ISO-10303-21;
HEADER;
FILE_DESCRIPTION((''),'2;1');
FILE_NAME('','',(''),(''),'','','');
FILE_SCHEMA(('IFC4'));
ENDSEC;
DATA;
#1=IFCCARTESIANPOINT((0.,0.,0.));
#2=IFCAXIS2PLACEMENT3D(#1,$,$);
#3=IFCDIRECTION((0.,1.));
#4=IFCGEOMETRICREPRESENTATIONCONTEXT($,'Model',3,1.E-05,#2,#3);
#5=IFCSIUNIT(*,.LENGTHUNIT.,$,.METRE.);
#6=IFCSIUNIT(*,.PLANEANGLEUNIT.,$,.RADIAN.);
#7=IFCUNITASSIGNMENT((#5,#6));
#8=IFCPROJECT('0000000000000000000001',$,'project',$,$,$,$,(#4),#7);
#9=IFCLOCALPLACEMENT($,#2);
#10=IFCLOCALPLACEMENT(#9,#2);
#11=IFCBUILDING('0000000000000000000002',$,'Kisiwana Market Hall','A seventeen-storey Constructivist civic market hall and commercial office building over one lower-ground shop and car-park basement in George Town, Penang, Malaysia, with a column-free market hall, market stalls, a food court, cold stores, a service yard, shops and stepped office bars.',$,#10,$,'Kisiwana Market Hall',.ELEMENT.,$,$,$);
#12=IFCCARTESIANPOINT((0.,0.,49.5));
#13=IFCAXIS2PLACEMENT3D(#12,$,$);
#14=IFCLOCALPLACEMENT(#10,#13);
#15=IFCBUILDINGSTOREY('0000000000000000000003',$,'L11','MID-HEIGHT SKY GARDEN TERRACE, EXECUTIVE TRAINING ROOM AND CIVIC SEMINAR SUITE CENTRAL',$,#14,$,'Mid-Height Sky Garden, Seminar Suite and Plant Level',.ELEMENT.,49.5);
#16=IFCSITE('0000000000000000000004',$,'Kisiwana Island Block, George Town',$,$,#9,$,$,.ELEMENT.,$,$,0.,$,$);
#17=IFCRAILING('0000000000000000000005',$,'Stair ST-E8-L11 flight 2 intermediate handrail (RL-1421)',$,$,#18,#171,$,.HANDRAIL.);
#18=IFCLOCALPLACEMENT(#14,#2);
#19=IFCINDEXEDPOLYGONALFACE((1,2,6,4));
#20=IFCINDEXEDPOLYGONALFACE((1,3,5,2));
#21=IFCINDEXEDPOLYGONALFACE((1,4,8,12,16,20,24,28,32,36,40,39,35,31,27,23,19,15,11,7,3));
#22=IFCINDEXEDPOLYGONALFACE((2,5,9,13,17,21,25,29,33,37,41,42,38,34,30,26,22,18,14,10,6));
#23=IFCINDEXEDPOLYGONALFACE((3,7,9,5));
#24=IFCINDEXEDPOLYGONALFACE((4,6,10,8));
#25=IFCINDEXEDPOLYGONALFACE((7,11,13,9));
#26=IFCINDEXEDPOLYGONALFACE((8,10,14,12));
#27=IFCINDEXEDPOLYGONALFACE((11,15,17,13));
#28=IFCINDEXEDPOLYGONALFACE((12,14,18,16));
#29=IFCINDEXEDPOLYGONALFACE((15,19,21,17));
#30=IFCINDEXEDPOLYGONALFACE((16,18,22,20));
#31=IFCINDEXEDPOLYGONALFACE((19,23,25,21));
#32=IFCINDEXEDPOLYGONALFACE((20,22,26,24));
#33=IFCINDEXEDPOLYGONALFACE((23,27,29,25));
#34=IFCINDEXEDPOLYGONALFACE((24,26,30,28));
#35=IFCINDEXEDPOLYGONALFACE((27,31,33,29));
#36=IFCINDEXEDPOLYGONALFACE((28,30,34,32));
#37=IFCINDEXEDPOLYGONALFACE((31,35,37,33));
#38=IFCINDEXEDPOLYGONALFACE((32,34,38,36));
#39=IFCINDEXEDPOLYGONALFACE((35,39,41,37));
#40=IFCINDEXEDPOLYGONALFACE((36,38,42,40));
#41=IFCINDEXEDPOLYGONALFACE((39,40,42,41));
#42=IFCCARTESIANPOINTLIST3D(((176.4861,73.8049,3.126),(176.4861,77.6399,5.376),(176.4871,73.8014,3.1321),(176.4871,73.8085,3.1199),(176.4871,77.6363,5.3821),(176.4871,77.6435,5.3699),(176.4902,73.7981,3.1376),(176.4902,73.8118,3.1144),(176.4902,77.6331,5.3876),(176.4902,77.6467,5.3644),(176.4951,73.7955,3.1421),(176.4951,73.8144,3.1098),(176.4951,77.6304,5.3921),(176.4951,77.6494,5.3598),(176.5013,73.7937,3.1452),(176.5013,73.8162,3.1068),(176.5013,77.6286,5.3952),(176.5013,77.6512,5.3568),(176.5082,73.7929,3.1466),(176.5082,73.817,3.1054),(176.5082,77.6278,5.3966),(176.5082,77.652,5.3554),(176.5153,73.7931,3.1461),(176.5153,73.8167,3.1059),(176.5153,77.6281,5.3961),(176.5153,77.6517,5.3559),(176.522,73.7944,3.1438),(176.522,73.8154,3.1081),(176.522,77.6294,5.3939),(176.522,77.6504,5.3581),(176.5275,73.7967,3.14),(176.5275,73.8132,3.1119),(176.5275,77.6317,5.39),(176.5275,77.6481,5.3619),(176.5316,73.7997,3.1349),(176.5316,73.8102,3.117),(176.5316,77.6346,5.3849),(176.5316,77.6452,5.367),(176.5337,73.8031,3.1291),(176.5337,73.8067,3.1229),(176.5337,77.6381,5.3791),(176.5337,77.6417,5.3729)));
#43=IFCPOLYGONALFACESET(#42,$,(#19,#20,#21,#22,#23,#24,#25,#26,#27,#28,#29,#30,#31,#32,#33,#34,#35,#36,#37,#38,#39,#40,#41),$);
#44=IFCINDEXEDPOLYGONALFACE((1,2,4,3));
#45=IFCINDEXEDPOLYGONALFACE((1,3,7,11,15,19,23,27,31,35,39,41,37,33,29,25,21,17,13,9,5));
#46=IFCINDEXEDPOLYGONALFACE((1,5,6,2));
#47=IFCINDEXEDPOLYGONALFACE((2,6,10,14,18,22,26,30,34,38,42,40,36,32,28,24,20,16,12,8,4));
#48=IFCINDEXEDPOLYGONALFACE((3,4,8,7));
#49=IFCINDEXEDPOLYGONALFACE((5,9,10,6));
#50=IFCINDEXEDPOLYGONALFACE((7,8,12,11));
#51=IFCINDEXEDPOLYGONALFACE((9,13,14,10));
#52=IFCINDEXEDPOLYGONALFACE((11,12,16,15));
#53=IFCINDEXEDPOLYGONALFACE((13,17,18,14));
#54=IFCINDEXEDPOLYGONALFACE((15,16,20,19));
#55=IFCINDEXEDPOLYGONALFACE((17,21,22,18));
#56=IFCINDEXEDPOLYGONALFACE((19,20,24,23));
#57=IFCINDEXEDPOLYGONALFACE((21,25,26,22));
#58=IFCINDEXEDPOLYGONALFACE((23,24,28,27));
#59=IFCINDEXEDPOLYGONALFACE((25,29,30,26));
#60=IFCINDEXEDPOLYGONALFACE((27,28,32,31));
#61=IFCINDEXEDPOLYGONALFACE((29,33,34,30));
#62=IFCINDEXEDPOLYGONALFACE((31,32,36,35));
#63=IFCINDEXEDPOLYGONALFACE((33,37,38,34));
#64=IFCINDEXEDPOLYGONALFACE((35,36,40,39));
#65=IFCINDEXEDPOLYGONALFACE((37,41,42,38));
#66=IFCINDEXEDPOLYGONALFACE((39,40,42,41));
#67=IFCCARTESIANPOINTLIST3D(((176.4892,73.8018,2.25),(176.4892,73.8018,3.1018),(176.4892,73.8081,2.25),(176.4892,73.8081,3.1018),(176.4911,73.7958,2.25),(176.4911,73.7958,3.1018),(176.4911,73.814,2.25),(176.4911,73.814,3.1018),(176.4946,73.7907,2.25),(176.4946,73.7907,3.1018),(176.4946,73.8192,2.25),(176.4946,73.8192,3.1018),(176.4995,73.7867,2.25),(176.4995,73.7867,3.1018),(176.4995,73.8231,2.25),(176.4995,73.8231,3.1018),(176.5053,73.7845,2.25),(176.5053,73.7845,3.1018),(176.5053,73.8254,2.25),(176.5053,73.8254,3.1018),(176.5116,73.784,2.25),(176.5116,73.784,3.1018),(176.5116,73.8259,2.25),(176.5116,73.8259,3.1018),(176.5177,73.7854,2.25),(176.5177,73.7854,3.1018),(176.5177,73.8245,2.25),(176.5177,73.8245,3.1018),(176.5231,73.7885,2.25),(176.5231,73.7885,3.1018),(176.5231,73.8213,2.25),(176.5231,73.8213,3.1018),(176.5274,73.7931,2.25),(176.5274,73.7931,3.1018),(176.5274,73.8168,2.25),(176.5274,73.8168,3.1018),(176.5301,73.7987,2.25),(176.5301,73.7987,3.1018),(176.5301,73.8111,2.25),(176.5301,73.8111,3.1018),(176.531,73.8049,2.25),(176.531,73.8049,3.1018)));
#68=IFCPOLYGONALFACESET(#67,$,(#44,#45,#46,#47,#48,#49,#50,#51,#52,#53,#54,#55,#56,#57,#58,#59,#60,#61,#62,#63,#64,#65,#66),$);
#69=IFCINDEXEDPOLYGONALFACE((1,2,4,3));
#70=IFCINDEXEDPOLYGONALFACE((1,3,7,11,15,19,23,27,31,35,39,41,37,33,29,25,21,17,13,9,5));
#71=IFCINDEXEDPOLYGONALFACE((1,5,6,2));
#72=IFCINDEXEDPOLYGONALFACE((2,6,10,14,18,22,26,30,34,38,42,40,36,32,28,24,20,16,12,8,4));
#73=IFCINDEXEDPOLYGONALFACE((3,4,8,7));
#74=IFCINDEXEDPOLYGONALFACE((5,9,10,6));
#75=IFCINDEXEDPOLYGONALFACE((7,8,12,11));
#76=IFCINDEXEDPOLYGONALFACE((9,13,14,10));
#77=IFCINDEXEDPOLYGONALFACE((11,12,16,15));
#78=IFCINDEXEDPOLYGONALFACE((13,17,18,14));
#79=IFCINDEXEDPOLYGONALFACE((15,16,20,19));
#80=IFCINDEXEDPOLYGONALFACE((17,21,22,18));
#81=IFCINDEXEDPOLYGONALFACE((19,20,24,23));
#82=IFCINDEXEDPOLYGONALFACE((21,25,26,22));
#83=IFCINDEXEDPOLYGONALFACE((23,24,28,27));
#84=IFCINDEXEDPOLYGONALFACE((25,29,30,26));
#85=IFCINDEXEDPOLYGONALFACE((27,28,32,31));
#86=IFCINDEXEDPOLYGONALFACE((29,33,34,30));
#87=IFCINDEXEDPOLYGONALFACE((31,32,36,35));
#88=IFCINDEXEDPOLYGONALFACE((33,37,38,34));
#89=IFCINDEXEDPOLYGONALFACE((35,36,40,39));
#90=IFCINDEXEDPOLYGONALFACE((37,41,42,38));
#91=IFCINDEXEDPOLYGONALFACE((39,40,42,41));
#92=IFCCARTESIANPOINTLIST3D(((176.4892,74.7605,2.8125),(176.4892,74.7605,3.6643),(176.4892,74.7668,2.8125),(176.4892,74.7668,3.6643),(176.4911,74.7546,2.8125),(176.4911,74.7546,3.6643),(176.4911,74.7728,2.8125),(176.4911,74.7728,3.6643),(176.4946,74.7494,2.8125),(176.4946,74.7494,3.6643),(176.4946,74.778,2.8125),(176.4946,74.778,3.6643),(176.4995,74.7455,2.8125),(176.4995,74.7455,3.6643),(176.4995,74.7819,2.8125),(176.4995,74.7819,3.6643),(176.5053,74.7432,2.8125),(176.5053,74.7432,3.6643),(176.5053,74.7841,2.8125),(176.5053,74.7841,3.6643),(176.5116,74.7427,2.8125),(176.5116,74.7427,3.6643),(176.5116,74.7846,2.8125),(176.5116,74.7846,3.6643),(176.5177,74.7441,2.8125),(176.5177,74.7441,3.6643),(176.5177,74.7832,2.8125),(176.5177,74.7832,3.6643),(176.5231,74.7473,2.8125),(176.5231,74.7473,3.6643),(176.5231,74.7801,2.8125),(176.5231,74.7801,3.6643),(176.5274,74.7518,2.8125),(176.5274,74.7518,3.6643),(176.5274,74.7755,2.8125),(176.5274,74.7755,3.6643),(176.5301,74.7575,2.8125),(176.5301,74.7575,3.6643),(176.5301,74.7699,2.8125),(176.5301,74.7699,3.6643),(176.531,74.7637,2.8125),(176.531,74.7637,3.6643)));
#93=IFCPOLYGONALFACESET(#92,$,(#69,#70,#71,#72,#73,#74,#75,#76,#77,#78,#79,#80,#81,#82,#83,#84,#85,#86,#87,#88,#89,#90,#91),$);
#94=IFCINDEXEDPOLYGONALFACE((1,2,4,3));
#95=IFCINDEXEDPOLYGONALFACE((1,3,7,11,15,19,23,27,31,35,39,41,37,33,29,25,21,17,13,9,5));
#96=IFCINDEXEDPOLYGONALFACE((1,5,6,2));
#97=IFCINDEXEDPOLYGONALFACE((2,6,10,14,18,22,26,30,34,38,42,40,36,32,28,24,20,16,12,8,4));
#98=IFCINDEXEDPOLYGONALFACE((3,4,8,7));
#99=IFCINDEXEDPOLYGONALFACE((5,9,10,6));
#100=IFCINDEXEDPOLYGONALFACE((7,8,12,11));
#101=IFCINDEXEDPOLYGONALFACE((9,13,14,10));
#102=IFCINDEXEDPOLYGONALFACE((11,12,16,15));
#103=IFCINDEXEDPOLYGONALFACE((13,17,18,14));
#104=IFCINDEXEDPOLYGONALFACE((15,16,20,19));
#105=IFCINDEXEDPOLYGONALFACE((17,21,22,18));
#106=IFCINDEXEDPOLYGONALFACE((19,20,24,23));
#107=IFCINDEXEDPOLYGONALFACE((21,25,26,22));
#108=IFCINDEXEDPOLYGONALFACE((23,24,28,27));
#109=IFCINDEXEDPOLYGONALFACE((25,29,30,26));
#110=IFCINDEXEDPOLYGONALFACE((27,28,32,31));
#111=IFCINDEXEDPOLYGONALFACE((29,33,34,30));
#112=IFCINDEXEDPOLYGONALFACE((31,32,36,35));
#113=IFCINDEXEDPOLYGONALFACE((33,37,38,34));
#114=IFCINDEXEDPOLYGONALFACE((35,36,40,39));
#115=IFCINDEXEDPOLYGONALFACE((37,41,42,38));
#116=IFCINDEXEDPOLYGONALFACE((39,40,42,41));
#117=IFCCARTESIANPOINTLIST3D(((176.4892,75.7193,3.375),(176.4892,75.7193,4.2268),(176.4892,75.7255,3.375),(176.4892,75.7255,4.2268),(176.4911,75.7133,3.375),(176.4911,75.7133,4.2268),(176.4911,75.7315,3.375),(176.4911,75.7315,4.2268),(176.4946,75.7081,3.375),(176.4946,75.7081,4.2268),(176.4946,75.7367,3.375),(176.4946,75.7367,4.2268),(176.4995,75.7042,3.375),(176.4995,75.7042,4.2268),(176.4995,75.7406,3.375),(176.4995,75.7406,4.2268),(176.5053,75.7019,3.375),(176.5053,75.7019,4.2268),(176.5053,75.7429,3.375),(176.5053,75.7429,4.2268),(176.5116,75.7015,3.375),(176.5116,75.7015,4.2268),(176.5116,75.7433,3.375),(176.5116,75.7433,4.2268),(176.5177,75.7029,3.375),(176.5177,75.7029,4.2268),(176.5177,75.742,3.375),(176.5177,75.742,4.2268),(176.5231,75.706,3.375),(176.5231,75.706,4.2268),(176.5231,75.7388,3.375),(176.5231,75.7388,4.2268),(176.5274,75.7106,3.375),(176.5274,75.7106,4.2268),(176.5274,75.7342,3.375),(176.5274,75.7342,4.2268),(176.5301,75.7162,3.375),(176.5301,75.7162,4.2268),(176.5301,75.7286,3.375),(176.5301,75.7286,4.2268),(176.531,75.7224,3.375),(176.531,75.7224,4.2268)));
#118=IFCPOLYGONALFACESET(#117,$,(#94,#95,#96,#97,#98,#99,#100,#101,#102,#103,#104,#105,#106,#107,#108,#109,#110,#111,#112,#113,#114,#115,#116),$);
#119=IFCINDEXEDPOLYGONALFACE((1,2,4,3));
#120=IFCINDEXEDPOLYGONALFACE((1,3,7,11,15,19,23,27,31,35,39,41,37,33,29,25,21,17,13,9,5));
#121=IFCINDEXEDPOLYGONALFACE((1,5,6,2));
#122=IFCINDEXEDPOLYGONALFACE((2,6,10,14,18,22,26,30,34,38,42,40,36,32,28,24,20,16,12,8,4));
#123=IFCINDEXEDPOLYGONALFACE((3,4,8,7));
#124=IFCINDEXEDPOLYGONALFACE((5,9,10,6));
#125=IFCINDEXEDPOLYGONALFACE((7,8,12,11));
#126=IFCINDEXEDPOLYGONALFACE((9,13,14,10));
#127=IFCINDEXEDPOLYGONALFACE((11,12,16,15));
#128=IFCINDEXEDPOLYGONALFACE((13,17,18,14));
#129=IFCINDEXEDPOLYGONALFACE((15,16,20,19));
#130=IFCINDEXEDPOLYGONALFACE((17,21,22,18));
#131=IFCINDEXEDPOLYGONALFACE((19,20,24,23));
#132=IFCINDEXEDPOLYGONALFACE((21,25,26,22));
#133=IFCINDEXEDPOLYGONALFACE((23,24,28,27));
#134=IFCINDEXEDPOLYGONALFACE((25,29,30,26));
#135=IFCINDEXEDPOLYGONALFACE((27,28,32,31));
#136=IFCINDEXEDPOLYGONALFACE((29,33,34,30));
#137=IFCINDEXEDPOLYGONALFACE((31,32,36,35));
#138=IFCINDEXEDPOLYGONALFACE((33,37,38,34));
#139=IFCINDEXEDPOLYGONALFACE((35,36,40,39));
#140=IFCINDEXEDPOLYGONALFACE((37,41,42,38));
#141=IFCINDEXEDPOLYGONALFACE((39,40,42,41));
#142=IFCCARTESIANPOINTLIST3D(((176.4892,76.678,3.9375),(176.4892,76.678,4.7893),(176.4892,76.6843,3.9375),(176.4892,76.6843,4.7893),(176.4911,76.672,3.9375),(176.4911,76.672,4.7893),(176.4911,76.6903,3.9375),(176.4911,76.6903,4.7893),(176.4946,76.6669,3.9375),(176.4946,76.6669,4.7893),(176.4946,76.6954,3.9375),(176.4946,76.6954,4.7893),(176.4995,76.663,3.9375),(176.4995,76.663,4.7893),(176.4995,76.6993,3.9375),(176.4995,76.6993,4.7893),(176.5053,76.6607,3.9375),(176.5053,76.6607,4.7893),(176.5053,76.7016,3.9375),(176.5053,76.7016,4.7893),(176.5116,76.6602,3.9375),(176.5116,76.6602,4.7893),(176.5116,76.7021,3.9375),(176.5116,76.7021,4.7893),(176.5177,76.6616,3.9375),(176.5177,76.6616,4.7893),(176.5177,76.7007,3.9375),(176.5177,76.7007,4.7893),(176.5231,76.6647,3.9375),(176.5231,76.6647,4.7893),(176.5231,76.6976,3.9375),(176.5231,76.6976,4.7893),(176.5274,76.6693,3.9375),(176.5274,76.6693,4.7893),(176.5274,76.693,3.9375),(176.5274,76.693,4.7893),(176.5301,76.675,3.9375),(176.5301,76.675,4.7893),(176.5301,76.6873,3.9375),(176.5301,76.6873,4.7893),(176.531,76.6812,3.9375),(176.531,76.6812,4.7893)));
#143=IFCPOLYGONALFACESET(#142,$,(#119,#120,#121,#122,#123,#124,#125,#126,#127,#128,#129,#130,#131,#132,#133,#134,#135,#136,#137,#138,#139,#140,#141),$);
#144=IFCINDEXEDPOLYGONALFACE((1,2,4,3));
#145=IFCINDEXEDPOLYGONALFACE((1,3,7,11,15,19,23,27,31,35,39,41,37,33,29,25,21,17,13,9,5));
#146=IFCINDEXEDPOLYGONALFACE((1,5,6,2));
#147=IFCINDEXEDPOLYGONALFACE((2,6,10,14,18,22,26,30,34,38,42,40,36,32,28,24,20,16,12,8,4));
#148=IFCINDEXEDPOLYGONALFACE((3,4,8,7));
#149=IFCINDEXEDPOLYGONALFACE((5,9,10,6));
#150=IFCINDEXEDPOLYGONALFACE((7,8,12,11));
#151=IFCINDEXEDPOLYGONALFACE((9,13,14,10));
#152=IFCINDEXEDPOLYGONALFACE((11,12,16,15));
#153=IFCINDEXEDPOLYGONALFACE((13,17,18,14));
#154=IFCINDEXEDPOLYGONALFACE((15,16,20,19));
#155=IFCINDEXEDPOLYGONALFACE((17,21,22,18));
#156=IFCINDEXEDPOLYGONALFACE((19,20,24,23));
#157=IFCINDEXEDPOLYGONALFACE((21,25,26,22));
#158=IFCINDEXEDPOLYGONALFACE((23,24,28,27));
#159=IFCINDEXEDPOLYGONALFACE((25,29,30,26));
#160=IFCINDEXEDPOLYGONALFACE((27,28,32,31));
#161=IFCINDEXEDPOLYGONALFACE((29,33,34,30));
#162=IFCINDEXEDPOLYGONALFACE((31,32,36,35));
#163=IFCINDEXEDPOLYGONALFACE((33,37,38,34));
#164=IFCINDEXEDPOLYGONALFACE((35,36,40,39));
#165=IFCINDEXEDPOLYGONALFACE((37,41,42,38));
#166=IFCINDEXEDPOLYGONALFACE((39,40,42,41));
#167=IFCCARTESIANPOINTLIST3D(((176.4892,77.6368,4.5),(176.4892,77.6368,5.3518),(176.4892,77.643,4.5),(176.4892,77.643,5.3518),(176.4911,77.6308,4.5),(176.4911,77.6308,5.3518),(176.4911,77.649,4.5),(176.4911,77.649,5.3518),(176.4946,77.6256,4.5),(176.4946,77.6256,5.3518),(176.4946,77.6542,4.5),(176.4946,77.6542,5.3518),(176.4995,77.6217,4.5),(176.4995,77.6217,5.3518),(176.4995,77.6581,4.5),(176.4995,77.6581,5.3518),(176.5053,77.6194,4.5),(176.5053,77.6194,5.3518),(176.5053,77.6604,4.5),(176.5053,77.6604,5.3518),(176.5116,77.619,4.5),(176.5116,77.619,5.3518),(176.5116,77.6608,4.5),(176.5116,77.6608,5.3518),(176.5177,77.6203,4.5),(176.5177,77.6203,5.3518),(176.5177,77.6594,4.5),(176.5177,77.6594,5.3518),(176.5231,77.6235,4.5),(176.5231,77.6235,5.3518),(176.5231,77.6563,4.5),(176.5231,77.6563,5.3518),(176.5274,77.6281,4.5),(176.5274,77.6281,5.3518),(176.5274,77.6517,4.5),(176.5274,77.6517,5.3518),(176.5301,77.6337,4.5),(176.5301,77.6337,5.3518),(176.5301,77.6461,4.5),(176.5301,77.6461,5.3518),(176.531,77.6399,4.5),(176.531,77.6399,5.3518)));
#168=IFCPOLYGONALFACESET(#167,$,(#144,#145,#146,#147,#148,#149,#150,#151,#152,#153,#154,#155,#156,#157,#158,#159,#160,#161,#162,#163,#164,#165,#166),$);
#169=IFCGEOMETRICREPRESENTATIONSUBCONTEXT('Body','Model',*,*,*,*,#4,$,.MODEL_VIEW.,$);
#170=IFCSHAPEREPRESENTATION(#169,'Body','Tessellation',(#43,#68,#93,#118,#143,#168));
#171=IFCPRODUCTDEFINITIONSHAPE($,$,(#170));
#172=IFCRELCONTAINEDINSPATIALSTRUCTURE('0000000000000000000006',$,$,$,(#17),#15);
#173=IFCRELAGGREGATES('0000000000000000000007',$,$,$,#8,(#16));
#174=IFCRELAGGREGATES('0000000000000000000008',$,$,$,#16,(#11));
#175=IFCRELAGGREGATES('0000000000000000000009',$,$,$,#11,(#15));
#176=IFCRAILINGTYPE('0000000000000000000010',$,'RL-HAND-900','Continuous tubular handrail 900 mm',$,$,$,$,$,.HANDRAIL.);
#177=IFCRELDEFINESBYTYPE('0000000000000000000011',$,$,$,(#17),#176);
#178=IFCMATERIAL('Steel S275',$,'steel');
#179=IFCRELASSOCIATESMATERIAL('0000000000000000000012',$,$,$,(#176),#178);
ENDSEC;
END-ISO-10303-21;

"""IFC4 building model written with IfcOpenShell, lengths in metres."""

from ifc_helpers import new_model, si_unit, direction, frame, origin, origin_2d, place, context, subcontext, project, spatial, circle, extrude, material, type_object, element, save


model = new_model("IFC4")

# Units and contexts
model_context = context("Model", 3, precision=1e-05, world=origin(), true_north=direction((0.0, 1.0)))
body_context = subcontext(model_context, "Body", "Model", "MODEL_VIEW")
ifc_project = project(units=[si_unit("LENGTHUNIT", "METRE"), si_unit("PLANEANGLEUNIT", "RADIAN")], contexts=[model_context])

# Site, building, storey
site_placement = place(None, origin())
site = spatial("IfcSite", under=ifc_project, at=site_placement, Name="Kisiwana Island Block, George Town", CompositionType="ELEMENT", RefElevation=0.0)
building_placement = place(site_placement, origin())
building = spatial("IfcBuilding", under=site, at=building_placement, Name="Kisiwana Market Hall", Description="A seventeen-storey Constructivist civic market hall and commercial office building over one lower-ground shop and car-park basement in George Town, Penang, Malaysia, with a column-free market hall, market stalls, a food court, cold stores, a service yard, shops and stepped office bars.", LongName="Kisiwana Market Hall", CompositionType="ELEMENT")
storey_placement = place(building_placement, frame((0.0, 0.0, 49.5)))
storey = spatial("IfcBuildingStorey", under=building, at=storey_placement, Name="L11", Description="MID-HEIGHT SKY GARDEN TERRACE, EXECUTIVE TRAINING ROOM AND CIVIC SEMINAR SUITE CENTRAL", LongName="Mid-Height Sky Garden, Seminar Suite and Plant Level", CompositionType="ELEMENT", Elevation=49.5)

# Railing
ifc_material_1 = material(Name="Steel S275", Category="steel")
railing_type_1 = type_object("IfcRailingType", Name="RL-HAND-900", Description="Continuous tubular handrail 900 mm", PredefinedType="HANDRAIL", material=ifc_material_1)
for number, where, name in (
    (1, (176.51, 73.8049, 2.25), "Stair ST-E8-L11 flight 2 intermediate handrail (RL-1421)"),
):
    element("IfcRailing", number, at=place(storey_placement, frame(where)), inside=storey, type_object=railing_type_1, Name=name, PredefinedType="HANDRAIL", context=body_context, shape_type="SweptSolid", body=[
        extrude(circle(Radius=0.0239, at=origin_2d()), frame((0.0, 0.0, 0.876), z_axis=(0.0, 0.86251, 0.506041), x_axis=(-1.0, 0.0, 0.0)), (0.0, 0.0, 1.0), 4.4463),
        extrude(circle(Radius=0.021, at=origin_2d()), origin(), (0.0, 0.0, 1.0), 0.8518),
        extrude(circle(Radius=0.021, at=origin_2d()), frame((0.0, 0.9587, 0.5625)), (0.0, 0.0, 1.0), 0.8518),
        extrude(circle(Radius=0.021, at=origin_2d()), frame((0.0, 1.9175, 1.125)), (0.0, 0.0, 1.0), 0.8518),
        extrude(circle(Radius=0.021, at=origin_2d()), frame((0.0, 2.8762, 1.6875)), (0.0, 0.0, 1.0), 0.8518),
        extrude(circle(Radius=0.021, at=origin_2d()), frame((0.0, 3.835, 2.25)), (0.0, 0.0, 1.0), 0.8518),
    ])

save(model, "model.ifc")
